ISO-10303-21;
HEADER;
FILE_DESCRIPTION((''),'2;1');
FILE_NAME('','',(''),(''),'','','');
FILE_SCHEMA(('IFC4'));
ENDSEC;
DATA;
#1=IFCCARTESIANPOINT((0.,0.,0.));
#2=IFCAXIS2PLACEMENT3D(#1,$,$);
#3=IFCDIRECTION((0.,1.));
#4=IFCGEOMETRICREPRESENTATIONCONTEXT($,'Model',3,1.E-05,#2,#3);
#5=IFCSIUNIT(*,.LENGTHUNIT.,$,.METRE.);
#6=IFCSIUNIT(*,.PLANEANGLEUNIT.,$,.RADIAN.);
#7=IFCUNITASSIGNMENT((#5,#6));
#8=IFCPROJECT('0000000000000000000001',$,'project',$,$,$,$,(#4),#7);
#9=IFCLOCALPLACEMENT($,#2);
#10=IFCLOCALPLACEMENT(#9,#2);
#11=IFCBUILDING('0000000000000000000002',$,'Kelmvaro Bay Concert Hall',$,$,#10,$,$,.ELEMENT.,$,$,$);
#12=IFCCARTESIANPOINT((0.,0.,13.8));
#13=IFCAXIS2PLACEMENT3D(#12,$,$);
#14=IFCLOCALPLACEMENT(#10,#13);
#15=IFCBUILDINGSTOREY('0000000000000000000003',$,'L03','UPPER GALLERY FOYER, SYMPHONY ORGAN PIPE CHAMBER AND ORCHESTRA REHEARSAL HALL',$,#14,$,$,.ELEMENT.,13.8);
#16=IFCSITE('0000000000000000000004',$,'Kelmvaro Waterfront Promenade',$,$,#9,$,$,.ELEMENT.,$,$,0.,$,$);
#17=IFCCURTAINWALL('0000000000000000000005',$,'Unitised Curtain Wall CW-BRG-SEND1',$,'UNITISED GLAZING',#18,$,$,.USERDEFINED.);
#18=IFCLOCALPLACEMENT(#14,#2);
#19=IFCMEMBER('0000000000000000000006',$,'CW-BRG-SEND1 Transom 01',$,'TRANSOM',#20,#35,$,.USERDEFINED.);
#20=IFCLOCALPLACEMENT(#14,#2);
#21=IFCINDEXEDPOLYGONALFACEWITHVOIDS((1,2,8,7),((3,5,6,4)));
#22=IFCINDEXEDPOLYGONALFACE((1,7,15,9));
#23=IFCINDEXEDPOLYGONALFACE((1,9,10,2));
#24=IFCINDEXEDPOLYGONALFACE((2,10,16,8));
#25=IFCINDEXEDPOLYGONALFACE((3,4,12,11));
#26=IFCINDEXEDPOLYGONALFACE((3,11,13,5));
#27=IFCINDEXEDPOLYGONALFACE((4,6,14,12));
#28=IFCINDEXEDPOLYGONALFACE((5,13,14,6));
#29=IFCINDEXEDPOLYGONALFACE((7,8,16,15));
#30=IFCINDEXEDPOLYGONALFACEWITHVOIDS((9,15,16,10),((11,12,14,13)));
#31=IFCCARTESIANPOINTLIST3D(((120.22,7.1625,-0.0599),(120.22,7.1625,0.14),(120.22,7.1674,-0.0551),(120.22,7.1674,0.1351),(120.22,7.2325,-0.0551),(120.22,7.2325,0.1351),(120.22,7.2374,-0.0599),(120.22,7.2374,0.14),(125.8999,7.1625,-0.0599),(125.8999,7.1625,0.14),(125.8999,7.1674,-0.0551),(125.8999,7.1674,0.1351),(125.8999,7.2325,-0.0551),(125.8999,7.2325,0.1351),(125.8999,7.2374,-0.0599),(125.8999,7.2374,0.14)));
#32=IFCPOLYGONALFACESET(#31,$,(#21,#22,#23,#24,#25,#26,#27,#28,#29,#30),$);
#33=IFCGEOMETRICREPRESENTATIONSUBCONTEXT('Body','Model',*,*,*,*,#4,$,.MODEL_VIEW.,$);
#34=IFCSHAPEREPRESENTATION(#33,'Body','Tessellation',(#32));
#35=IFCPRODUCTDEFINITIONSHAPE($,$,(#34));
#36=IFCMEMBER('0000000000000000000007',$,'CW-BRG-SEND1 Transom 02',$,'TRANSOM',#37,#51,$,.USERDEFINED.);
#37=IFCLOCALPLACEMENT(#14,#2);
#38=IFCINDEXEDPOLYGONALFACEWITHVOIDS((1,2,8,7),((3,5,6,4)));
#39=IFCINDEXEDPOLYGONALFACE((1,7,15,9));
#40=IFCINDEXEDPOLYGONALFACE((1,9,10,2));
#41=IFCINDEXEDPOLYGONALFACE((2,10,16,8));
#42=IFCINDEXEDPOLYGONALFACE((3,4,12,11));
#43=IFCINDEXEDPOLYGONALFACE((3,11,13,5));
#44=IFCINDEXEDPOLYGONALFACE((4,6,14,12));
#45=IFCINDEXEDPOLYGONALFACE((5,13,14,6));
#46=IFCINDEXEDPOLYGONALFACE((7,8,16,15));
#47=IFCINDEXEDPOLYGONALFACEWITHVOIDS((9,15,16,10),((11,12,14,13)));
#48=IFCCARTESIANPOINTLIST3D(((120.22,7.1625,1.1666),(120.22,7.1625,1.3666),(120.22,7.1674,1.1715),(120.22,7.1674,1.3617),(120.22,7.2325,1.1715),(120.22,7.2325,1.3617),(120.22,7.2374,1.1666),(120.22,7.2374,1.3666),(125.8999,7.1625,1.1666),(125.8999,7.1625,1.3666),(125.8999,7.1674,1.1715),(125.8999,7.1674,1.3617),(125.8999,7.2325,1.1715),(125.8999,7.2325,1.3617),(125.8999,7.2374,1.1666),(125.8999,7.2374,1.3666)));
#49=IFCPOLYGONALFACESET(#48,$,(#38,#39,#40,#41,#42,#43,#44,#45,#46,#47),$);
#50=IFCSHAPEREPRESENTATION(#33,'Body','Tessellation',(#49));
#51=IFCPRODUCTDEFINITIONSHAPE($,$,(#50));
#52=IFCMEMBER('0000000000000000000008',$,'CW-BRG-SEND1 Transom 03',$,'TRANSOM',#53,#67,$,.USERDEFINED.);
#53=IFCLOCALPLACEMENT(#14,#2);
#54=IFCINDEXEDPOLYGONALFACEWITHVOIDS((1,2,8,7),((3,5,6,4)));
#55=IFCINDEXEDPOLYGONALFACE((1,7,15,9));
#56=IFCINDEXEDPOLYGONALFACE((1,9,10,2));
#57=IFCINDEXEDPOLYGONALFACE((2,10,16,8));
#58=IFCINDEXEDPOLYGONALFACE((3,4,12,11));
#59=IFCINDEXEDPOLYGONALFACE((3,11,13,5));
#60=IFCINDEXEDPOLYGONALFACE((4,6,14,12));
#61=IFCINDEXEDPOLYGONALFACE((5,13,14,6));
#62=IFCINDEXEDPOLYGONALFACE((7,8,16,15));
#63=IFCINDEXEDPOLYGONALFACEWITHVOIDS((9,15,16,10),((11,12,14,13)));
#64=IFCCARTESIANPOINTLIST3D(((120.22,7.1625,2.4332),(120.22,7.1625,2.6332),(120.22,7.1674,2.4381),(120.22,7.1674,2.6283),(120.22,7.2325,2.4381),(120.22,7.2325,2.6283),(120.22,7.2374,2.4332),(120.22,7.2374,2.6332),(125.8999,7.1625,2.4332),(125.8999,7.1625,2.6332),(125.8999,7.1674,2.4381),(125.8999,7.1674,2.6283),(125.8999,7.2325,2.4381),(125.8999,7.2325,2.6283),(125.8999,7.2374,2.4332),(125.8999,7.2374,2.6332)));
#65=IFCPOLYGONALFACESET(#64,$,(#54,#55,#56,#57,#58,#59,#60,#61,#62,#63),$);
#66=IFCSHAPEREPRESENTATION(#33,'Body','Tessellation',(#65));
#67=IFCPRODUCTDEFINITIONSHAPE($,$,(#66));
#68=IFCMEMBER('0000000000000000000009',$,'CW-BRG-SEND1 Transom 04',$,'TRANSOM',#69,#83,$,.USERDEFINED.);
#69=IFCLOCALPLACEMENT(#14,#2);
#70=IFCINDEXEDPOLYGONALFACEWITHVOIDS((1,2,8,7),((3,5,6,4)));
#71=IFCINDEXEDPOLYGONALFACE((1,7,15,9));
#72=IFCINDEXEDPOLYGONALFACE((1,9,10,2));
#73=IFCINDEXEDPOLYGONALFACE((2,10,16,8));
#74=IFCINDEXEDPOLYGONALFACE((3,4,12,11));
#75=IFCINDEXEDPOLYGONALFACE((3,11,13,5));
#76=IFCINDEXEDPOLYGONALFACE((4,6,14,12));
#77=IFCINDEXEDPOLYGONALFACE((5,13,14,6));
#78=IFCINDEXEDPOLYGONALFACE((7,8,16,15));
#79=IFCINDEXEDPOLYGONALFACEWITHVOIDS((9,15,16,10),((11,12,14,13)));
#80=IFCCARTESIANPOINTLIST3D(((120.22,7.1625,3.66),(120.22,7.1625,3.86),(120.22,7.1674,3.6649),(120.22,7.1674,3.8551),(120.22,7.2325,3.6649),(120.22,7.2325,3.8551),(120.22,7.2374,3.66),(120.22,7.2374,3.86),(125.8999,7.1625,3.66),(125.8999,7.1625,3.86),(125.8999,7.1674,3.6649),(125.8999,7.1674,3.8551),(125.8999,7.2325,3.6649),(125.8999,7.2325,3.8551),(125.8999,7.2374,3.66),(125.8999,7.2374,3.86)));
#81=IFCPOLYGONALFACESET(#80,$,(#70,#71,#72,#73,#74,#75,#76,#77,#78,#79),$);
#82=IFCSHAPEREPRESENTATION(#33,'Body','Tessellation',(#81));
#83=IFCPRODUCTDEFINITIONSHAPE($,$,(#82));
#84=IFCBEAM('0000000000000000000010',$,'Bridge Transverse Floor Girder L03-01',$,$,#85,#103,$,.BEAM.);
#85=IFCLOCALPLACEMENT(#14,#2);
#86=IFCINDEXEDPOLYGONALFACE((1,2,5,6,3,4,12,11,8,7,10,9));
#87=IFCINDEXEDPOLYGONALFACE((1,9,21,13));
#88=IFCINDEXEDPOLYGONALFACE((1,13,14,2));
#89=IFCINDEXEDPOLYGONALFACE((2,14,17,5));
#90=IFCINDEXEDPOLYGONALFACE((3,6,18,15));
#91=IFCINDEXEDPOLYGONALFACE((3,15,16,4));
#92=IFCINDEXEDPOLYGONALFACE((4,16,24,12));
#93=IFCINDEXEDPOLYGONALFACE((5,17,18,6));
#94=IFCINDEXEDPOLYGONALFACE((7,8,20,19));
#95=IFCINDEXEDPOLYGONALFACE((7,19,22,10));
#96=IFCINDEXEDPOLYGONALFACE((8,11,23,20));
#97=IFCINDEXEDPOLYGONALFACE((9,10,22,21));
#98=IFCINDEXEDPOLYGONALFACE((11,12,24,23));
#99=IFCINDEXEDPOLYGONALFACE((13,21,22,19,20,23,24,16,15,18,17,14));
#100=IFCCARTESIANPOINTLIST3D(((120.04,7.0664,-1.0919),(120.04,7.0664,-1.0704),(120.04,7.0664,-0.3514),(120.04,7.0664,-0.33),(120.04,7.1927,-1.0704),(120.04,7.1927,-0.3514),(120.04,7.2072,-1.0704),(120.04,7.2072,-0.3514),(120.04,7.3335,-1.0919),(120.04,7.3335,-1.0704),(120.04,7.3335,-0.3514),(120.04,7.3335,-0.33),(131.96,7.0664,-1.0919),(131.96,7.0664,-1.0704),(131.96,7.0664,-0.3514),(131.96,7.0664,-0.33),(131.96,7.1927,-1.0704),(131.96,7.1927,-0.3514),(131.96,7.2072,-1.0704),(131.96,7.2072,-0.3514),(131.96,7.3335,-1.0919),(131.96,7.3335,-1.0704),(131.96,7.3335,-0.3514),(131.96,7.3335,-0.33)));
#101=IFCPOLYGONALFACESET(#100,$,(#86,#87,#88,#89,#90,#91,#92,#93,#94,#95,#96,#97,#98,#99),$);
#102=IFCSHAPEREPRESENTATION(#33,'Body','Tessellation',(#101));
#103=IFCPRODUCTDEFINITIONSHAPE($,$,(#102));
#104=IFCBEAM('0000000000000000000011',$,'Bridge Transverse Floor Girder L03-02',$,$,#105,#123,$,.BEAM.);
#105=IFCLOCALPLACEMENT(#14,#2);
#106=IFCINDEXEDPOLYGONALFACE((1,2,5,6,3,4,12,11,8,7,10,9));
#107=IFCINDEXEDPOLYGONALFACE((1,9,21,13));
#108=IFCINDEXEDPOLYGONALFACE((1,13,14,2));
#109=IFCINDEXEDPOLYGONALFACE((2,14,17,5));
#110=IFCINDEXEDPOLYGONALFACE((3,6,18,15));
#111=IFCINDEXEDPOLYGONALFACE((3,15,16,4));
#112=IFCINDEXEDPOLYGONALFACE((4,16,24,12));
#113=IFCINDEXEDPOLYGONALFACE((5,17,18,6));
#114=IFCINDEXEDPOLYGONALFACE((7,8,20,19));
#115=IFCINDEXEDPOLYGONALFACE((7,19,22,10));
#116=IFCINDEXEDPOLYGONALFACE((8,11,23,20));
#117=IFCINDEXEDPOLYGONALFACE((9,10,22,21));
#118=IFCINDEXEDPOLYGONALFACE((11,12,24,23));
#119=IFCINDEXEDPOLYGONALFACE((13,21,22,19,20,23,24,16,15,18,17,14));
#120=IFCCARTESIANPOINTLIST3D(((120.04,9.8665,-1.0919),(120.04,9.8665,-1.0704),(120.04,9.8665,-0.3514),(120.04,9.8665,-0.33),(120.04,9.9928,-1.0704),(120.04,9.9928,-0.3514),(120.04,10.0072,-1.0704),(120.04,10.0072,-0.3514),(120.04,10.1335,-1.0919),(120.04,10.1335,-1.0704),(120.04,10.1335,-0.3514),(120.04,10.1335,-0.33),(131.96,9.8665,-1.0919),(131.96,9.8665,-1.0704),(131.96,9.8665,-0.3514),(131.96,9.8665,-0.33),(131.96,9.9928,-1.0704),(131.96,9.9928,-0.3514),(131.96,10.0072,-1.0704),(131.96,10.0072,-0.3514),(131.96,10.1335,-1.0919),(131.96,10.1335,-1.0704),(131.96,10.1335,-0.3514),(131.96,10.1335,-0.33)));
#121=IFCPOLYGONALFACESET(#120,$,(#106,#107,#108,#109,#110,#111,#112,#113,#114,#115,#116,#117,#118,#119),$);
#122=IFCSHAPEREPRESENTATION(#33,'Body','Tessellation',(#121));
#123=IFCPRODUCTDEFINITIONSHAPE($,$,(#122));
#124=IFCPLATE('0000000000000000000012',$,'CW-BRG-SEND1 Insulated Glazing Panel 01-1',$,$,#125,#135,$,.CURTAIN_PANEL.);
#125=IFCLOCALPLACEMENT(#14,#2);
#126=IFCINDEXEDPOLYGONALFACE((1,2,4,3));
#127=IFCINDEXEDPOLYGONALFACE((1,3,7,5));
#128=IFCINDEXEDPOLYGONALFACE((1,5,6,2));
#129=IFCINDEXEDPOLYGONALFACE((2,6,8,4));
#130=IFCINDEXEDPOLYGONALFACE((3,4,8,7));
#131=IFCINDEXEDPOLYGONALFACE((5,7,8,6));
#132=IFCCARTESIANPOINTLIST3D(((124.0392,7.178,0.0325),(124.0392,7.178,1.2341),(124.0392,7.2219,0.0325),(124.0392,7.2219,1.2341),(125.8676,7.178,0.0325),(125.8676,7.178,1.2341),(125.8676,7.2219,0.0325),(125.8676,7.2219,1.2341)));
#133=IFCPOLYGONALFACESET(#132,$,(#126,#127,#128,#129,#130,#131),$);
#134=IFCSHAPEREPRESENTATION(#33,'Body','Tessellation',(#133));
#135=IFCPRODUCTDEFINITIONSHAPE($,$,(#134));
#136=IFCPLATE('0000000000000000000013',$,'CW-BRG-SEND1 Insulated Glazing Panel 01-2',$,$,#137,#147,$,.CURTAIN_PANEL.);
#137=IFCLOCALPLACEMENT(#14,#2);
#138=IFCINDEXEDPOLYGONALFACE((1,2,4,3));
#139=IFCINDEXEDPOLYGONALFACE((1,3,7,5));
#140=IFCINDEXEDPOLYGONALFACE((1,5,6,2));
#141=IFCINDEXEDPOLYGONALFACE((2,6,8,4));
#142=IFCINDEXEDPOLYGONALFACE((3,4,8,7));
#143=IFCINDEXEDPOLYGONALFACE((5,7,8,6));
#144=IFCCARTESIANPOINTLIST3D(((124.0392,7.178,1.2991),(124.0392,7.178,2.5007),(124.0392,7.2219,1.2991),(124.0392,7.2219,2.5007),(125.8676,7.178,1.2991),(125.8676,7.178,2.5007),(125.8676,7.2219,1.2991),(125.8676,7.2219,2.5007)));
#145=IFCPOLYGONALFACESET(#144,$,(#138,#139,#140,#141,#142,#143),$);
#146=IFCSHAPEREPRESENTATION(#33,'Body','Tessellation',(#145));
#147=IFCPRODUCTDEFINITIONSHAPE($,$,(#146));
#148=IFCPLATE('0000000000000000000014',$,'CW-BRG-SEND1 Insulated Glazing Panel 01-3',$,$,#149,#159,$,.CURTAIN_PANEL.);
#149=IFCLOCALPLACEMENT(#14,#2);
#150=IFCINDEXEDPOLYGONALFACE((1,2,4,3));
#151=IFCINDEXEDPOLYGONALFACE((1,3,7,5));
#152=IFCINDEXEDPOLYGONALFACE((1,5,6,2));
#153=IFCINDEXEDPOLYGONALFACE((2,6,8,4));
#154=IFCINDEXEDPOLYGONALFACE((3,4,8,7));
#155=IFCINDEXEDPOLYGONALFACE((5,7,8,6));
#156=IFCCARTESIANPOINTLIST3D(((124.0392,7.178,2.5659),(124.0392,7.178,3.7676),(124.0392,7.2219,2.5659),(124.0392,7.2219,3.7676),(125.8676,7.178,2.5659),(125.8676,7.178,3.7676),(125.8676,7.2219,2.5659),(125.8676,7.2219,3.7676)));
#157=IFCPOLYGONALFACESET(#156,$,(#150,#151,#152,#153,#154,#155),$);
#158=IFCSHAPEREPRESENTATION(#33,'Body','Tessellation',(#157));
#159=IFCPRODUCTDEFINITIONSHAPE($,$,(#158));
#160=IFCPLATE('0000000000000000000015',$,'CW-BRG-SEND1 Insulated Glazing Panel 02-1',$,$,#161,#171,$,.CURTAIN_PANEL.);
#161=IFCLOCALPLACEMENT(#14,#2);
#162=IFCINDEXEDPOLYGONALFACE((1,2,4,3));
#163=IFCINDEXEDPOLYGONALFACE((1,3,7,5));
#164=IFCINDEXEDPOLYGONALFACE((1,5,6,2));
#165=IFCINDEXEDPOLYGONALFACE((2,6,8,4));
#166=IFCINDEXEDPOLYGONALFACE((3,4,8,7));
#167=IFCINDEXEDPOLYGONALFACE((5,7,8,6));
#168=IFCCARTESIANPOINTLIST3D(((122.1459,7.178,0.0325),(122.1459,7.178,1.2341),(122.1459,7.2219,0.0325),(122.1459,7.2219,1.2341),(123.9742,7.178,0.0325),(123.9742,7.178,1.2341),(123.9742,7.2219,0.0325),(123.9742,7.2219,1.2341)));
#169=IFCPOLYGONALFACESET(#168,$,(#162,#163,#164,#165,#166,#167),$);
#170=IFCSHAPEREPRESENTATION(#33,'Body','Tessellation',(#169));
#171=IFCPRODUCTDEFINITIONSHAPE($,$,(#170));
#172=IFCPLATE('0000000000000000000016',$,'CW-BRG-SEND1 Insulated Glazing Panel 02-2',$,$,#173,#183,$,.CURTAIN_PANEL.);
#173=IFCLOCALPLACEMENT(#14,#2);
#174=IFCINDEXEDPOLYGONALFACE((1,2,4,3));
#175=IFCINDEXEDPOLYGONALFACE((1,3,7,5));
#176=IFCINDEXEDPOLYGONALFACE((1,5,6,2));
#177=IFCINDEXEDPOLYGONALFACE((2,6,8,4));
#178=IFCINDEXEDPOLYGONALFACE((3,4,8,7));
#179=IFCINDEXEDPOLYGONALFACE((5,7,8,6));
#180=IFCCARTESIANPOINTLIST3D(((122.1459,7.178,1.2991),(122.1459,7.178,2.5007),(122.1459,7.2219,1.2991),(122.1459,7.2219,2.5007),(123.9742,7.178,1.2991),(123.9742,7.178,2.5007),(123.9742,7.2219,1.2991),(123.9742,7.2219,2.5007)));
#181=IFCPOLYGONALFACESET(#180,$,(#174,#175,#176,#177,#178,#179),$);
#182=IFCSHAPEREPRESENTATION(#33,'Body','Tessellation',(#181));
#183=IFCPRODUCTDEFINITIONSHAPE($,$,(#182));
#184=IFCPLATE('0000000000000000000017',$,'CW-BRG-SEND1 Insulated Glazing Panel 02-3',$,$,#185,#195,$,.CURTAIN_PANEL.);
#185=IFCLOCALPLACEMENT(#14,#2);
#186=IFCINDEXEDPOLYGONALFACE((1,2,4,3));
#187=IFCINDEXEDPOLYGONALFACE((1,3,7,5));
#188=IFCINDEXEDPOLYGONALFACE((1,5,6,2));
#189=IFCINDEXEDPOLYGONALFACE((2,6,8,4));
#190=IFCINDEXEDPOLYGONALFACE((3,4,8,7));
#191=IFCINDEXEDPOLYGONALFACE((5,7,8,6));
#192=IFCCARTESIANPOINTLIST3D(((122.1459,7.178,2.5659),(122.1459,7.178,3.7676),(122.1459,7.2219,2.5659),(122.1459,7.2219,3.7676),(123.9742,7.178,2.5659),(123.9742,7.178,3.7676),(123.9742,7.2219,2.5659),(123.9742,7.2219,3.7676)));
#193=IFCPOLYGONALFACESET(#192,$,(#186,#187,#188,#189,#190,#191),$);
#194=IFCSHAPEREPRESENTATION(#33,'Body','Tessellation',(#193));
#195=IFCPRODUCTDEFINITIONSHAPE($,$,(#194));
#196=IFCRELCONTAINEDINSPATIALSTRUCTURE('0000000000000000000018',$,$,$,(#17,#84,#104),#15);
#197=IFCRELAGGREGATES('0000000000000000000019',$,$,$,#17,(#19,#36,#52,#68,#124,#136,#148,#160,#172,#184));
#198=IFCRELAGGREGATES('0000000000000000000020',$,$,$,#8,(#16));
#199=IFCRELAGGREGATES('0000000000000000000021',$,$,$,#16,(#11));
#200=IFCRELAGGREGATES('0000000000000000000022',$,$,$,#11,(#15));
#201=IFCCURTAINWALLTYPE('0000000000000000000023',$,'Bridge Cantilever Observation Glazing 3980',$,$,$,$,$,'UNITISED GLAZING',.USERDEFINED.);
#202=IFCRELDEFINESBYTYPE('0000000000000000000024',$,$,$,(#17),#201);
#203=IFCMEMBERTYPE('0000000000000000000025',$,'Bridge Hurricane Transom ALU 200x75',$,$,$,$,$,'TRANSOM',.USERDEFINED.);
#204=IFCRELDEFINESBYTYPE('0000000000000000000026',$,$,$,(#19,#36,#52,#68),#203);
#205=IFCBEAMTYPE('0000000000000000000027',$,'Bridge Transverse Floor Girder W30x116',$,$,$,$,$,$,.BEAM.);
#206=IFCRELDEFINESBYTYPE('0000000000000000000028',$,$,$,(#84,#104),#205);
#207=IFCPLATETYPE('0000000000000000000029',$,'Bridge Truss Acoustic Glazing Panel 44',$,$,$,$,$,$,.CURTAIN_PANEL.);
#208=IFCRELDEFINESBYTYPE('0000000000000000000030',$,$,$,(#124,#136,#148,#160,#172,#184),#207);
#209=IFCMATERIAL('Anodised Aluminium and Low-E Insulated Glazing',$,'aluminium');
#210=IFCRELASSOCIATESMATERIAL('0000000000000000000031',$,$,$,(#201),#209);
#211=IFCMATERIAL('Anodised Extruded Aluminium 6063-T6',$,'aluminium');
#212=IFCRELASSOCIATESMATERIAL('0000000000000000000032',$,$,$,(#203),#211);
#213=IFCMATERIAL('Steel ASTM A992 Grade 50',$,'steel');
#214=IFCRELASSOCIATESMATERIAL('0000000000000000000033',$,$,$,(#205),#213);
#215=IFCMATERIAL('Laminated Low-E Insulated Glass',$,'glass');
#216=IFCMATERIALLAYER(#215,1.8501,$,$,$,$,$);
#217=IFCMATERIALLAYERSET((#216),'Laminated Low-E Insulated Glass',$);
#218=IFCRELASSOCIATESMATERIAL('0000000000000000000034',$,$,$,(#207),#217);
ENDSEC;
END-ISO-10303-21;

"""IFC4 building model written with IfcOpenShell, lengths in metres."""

from ifc_helpers import new_model, si_unit, direction, frame, origin, origin_2d, place, context, subcontext, project, spatial, rectangle, hollow_rectangle, i_section, extrude, material, layer, layer_set, material_profile, profile_set, type_object, element, aggregate, save


model = new_model("IFC4")

# Units and contexts
model_context = context("Model", 3, precision=1e-05, world=origin(), true_north=direction((0.0, 1.0)))
body_context = subcontext(model_context, "Body", "Model", "MODEL_VIEW")
ifc_project = project(units=[si_unit("LENGTHUNIT", "METRE"), si_unit("PLANEANGLEUNIT", "RADIAN")], contexts=[model_context])

# Site, building, storey
site_placement = place(None, origin())
site = spatial("IfcSite", under=ifc_project, at=site_placement, Name="Kelmvaro Waterfront Promenade", CompositionType="ELEMENT", RefElevation=0.0)
building_placement = place(site_placement, origin())
building = spatial("IfcBuilding", under=site, at=building_placement, Name="Kelmvaro Bay Concert Hall", CompositionType="ELEMENT")
storey_placement = place(building_placement, frame((0.0, 0.0, 13.8)))
storey = spatial("IfcBuildingStorey", under=building, at=storey_placement, Name="L03", Description="UPPER GALLERY FOYER, SYMPHONY ORGAN PIPE CHAMBER AND ORCHESTRA REHEARSAL HALL", CompositionType="ELEMENT", Elevation=13.8)

# Curtain wall
ifc_material_1 = material(Name="Anodised Aluminium and Low-E Insulated Glazing", Category="aluminium")
curtain_wall_type = type_object("IfcCurtainWallType", Name="Bridge Cantilever Observation Glazing 3980", ElementType="UNITISED GLAZING", PredefinedType="USERDEFINED", material=ifc_material_1)
curtain_wall_1_placement = place(storey_placement, origin())
curtain_wall_1 = element("IfcCurtainWall", 1, at=curtain_wall_1_placement, inside=storey, type_object=curtain_wall_type, Name="Unitised Curtain Wall CW-BRG-SEND1", ObjectType="UNITISED GLAZING", PredefinedType="USERDEFINED")

# Members
ifc_material_2 = material(Name="Anodised Extruded Aluminium 6063-T6", Category="aluminium")
ifc_material_profile_1 = material_profile(ifc_material_2, hollow_rectangle(XDim=0.075, YDim=0.2, WallThickness=0.0049, at=origin_2d()), Name="ALU-TRN-200X75")
ifc_profile_set_1 = profile_set([ifc_material_profile_1], Name="Anodised Extruded Aluminium 6063-T6")
member_type_1 = type_object("IfcMemberType", Name="Bridge Hurricane Transom ALU 200x75", ElementType="TRANSOM", PredefinedType="USERDEFINED", material=ifc_profile_set_1)
member_1_placement = place(storey_placement, frame((125.8999, 7.2, 0.04), z_axis=(-1.0, 0.0, 0.0), x_axis=(0.0, -1.0, 0.0)))
member_1 = element("IfcMember", 2, at=member_1_placement, type_object=member_type_1, Name="CW-BRG-SEND1 Transom 01", ObjectType="TRANSOM", PredefinedType="USERDEFINED", context=body_context, shape_type="SweptSolid", body=[
    extrude(hollow_rectangle(XDim=0.075, YDim=0.2, WallThickness=0.0049, at=origin_2d()), origin(), (0.0, 0.0, 1.0), 5.6799),
])
member_2_placement = place(storey_placement, frame((125.8999, 7.2, 1.2666), z_axis=(-1.0, 0.0, 0.0), x_axis=(0.0, -1.0, 0.0)))
member_2 = element("IfcMember", 3, at=member_2_placement, type_object=member_type_1, Name="CW-BRG-SEND1 Transom 02", ObjectType="TRANSOM", PredefinedType="USERDEFINED", context=body_context, shape_type="SweptSolid", body=[
    extrude(hollow_rectangle(XDim=0.075, YDim=0.2, WallThickness=0.0049, at=origin_2d()), origin(), (0.0, 0.0, 1.0), 5.6799),
])
member_3_placement = place(storey_placement, frame((125.8999, 7.2, 2.5332), z_axis=(-1.0, 0.0, 0.0), x_axis=(0.0, -1.0, 0.0)))
member_3 = element("IfcMember", 4, at=member_3_placement, type_object=member_type_1, Name="CW-BRG-SEND1 Transom 03", ObjectType="TRANSOM", PredefinedType="USERDEFINED", context=body_context, shape_type="SweptSolid", body=[
    extrude(hollow_rectangle(XDim=0.075, YDim=0.2, WallThickness=0.0049, at=origin_2d()), origin(), (0.0, 0.0, 1.0), 5.6799),
])
member_4_placement = place(storey_placement, frame((125.8999, 7.2, 3.76), z_axis=(-1.0, 0.0, 0.0), x_axis=(0.0, -1.0, 0.0)))
member_4 = element("IfcMember", 5, at=member_4_placement, type_object=member_type_1, Name="CW-BRG-SEND1 Transom 04", ObjectType="TRANSOM", PredefinedType="USERDEFINED", context=body_context, shape_type="SweptSolid", body=[
    extrude(hollow_rectangle(XDim=0.075, YDim=0.2, WallThickness=0.0049, at=origin_2d()), origin(), (0.0, 0.0, 1.0), 5.6799),
])

# Beams
ifc_material_3 = material(Name="Steel ASTM A992 Grade 50", Category="steel")
ifc_material_profile_2 = material_profile(ifc_material_3, i_section(OverallWidth=0.2671, OverallDepth=0.762, WebThickness=0.0144, FlangeThickness=0.0215, at=origin_2d()), Name="W30X116")
ifc_profile_set_2 = profile_set([ifc_material_profile_2], Name="Steel ASTM A992 Grade 50")
beam_type_1 = type_object("IfcBeamType", Name="Bridge Transverse Floor Girder W30x116", PredefinedType="BEAM", material=ifc_profile_set_2)
for number, where, z_axis, x_axis, name in (
    (6, (120.04, 7.2, -0.7109), (1.0, 0.0, 0.0), (0.0, 1.0, 0.0), "Bridge Transverse Floor Girder L03-01"),
    (7, (120.04, 10.0, -0.7109), (1.0, 0.0, 0.0), (0.0, 1.0, 0.0), "Bridge Transverse Floor Girder L03-02"),
):
    element("IfcBeam", number, at=place(storey_placement, frame(where, z_axis=z_axis, x_axis=x_axis)), inside=storey, type_object=beam_type_1, Name=name, PredefinedType="BEAM", context=body_context, shape_type="SweptSolid", body=[
        extrude(i_section(OverallWidth=0.2671, OverallDepth=0.762, WebThickness=0.0144, FlangeThickness=0.0215, at=origin_2d()), origin(), (0.0, 0.0, 1.0), 11.9199),
    ])

# Plates
ifc_material_4 = material(Name="Laminated Low-E Insulated Glass", Category="glass")
ifc_layer = layer(ifc_material_4, 1.8501)
ifc_layer_set = layer_set([ifc_layer], Name="Laminated Low-E Insulated Glass")
plate_type = type_object("IfcPlateType", Name="Bridge Truss Acoustic Glazing Panel 44", PredefinedType="CURTAIN_PANEL", material=ifc_layer_set)
plate_1_placement = place(storey_placement, frame((124.9534, 7.2, 0.0325), z_axis=(0.0, 0.0, 1.0), x_axis=(-1.0, 0.0, 0.0)))
plate_1 = element("IfcPlate", 8, at=plate_1_placement, type_object=plate_type, Name="CW-BRG-SEND1 Insulated Glazing Panel 01-1", PredefinedType="CURTAIN_PANEL", context=body_context, shape_type="SweptSolid", body=[
    extrude(rectangle(XDim=1.8284, YDim=0.0439, at=origin_2d()), origin(), (0.0, 0.0, 1.0), 1.2017),
])
plate_2_placement = place(storey_placement, frame((124.9534, 7.2, 1.2991), z_axis=(0.0, 0.0, 1.0), x_axis=(-1.0, 0.0, 0.0)))
plate_2 = element("IfcPlate", 9, at=plate_2_placement, type_object=plate_type, Name="CW-BRG-SEND1 Insulated Glazing Panel 01-2", PredefinedType="CURTAIN_PANEL", context=body_context, shape_type="SweptSolid", body=[
    extrude(rectangle(XDim=1.8284, YDim=0.0439, at=origin_2d()), origin(), (0.0, 0.0, 1.0), 1.2017),
])
plate_3_placement = place(storey_placement, frame((124.9534, 7.2, 2.5659), z_axis=(0.0, 0.0, 1.0), x_axis=(-1.0, 0.0, 0.0)))
plate_3 = element("IfcPlate", 10, at=plate_3_placement, type_object=plate_type, Name="CW-BRG-SEND1 Insulated Glazing Panel 01-3", PredefinedType="CURTAIN_PANEL", context=body_context, shape_type="SweptSolid", body=[
    extrude(rectangle(XDim=1.8284, YDim=0.0439, at=origin_2d()), origin(), (0.0, 0.0, 1.0), 1.2017),
])
plate_4_placement = place(storey_placement, frame((123.0601, 7.2, 0.0325), z_axis=(0.0, 0.0, 1.0), x_axis=(-1.0, 0.0, 0.0)))
plate_4 = element("IfcPlate", 11, at=plate_4_placement, type_object=plate_type, Name="CW-BRG-SEND1 Insulated Glazing Panel 02-1", PredefinedType="CURTAIN_PANEL", context=body_context, shape_type="SweptSolid", body=[
    extrude(rectangle(XDim=1.8284, YDim=0.0439, at=origin_2d()), origin(), (0.0, 0.0, 1.0), 1.2017),
])
plate_5_placement = place(storey_placement, frame((123.0601, 7.2, 1.2991), z_axis=(0.0, 0.0, 1.0), x_axis=(-1.0, 0.0, 0.0)))
plate_5 = element("IfcPlate", 12, at=plate_5_placement, type_object=plate_type, Name="CW-BRG-SEND1 Insulated Glazing Panel 02-2", PredefinedType="CURTAIN_PANEL", context=body_context, shape_type="SweptSolid", body=[
    extrude(rectangle(XDim=1.8284, YDim=0.0439, at=origin_2d()), origin(), (0.0, 0.0, 1.0), 1.2017),
])
plate_6_placement = place(storey_placement, frame((123.0601, 7.2, 2.5659), z_axis=(0.0, 0.0, 1.0), x_axis=(-1.0, 0.0, 0.0)))
plate_6 = element("IfcPlate", 13, at=plate_6_placement, type_object=plate_type, Name="CW-BRG-SEND1 Insulated Glazing Panel 02-3", PredefinedType="CURTAIN_PANEL", context=body_context, shape_type="SweptSolid", body=[
    extrude(rectangle(XDim=1.8284, YDim=0.0439, at=origin_2d()), origin(), (0.0, 0.0, 1.0), 1.2017),
])
aggregate(curtain_wall_1, [member_1, member_2, member_3, member_4, plate_1, plate_2, plate_3, plate_4, plate_5, plate_6])

save(model, "model.ifc")
